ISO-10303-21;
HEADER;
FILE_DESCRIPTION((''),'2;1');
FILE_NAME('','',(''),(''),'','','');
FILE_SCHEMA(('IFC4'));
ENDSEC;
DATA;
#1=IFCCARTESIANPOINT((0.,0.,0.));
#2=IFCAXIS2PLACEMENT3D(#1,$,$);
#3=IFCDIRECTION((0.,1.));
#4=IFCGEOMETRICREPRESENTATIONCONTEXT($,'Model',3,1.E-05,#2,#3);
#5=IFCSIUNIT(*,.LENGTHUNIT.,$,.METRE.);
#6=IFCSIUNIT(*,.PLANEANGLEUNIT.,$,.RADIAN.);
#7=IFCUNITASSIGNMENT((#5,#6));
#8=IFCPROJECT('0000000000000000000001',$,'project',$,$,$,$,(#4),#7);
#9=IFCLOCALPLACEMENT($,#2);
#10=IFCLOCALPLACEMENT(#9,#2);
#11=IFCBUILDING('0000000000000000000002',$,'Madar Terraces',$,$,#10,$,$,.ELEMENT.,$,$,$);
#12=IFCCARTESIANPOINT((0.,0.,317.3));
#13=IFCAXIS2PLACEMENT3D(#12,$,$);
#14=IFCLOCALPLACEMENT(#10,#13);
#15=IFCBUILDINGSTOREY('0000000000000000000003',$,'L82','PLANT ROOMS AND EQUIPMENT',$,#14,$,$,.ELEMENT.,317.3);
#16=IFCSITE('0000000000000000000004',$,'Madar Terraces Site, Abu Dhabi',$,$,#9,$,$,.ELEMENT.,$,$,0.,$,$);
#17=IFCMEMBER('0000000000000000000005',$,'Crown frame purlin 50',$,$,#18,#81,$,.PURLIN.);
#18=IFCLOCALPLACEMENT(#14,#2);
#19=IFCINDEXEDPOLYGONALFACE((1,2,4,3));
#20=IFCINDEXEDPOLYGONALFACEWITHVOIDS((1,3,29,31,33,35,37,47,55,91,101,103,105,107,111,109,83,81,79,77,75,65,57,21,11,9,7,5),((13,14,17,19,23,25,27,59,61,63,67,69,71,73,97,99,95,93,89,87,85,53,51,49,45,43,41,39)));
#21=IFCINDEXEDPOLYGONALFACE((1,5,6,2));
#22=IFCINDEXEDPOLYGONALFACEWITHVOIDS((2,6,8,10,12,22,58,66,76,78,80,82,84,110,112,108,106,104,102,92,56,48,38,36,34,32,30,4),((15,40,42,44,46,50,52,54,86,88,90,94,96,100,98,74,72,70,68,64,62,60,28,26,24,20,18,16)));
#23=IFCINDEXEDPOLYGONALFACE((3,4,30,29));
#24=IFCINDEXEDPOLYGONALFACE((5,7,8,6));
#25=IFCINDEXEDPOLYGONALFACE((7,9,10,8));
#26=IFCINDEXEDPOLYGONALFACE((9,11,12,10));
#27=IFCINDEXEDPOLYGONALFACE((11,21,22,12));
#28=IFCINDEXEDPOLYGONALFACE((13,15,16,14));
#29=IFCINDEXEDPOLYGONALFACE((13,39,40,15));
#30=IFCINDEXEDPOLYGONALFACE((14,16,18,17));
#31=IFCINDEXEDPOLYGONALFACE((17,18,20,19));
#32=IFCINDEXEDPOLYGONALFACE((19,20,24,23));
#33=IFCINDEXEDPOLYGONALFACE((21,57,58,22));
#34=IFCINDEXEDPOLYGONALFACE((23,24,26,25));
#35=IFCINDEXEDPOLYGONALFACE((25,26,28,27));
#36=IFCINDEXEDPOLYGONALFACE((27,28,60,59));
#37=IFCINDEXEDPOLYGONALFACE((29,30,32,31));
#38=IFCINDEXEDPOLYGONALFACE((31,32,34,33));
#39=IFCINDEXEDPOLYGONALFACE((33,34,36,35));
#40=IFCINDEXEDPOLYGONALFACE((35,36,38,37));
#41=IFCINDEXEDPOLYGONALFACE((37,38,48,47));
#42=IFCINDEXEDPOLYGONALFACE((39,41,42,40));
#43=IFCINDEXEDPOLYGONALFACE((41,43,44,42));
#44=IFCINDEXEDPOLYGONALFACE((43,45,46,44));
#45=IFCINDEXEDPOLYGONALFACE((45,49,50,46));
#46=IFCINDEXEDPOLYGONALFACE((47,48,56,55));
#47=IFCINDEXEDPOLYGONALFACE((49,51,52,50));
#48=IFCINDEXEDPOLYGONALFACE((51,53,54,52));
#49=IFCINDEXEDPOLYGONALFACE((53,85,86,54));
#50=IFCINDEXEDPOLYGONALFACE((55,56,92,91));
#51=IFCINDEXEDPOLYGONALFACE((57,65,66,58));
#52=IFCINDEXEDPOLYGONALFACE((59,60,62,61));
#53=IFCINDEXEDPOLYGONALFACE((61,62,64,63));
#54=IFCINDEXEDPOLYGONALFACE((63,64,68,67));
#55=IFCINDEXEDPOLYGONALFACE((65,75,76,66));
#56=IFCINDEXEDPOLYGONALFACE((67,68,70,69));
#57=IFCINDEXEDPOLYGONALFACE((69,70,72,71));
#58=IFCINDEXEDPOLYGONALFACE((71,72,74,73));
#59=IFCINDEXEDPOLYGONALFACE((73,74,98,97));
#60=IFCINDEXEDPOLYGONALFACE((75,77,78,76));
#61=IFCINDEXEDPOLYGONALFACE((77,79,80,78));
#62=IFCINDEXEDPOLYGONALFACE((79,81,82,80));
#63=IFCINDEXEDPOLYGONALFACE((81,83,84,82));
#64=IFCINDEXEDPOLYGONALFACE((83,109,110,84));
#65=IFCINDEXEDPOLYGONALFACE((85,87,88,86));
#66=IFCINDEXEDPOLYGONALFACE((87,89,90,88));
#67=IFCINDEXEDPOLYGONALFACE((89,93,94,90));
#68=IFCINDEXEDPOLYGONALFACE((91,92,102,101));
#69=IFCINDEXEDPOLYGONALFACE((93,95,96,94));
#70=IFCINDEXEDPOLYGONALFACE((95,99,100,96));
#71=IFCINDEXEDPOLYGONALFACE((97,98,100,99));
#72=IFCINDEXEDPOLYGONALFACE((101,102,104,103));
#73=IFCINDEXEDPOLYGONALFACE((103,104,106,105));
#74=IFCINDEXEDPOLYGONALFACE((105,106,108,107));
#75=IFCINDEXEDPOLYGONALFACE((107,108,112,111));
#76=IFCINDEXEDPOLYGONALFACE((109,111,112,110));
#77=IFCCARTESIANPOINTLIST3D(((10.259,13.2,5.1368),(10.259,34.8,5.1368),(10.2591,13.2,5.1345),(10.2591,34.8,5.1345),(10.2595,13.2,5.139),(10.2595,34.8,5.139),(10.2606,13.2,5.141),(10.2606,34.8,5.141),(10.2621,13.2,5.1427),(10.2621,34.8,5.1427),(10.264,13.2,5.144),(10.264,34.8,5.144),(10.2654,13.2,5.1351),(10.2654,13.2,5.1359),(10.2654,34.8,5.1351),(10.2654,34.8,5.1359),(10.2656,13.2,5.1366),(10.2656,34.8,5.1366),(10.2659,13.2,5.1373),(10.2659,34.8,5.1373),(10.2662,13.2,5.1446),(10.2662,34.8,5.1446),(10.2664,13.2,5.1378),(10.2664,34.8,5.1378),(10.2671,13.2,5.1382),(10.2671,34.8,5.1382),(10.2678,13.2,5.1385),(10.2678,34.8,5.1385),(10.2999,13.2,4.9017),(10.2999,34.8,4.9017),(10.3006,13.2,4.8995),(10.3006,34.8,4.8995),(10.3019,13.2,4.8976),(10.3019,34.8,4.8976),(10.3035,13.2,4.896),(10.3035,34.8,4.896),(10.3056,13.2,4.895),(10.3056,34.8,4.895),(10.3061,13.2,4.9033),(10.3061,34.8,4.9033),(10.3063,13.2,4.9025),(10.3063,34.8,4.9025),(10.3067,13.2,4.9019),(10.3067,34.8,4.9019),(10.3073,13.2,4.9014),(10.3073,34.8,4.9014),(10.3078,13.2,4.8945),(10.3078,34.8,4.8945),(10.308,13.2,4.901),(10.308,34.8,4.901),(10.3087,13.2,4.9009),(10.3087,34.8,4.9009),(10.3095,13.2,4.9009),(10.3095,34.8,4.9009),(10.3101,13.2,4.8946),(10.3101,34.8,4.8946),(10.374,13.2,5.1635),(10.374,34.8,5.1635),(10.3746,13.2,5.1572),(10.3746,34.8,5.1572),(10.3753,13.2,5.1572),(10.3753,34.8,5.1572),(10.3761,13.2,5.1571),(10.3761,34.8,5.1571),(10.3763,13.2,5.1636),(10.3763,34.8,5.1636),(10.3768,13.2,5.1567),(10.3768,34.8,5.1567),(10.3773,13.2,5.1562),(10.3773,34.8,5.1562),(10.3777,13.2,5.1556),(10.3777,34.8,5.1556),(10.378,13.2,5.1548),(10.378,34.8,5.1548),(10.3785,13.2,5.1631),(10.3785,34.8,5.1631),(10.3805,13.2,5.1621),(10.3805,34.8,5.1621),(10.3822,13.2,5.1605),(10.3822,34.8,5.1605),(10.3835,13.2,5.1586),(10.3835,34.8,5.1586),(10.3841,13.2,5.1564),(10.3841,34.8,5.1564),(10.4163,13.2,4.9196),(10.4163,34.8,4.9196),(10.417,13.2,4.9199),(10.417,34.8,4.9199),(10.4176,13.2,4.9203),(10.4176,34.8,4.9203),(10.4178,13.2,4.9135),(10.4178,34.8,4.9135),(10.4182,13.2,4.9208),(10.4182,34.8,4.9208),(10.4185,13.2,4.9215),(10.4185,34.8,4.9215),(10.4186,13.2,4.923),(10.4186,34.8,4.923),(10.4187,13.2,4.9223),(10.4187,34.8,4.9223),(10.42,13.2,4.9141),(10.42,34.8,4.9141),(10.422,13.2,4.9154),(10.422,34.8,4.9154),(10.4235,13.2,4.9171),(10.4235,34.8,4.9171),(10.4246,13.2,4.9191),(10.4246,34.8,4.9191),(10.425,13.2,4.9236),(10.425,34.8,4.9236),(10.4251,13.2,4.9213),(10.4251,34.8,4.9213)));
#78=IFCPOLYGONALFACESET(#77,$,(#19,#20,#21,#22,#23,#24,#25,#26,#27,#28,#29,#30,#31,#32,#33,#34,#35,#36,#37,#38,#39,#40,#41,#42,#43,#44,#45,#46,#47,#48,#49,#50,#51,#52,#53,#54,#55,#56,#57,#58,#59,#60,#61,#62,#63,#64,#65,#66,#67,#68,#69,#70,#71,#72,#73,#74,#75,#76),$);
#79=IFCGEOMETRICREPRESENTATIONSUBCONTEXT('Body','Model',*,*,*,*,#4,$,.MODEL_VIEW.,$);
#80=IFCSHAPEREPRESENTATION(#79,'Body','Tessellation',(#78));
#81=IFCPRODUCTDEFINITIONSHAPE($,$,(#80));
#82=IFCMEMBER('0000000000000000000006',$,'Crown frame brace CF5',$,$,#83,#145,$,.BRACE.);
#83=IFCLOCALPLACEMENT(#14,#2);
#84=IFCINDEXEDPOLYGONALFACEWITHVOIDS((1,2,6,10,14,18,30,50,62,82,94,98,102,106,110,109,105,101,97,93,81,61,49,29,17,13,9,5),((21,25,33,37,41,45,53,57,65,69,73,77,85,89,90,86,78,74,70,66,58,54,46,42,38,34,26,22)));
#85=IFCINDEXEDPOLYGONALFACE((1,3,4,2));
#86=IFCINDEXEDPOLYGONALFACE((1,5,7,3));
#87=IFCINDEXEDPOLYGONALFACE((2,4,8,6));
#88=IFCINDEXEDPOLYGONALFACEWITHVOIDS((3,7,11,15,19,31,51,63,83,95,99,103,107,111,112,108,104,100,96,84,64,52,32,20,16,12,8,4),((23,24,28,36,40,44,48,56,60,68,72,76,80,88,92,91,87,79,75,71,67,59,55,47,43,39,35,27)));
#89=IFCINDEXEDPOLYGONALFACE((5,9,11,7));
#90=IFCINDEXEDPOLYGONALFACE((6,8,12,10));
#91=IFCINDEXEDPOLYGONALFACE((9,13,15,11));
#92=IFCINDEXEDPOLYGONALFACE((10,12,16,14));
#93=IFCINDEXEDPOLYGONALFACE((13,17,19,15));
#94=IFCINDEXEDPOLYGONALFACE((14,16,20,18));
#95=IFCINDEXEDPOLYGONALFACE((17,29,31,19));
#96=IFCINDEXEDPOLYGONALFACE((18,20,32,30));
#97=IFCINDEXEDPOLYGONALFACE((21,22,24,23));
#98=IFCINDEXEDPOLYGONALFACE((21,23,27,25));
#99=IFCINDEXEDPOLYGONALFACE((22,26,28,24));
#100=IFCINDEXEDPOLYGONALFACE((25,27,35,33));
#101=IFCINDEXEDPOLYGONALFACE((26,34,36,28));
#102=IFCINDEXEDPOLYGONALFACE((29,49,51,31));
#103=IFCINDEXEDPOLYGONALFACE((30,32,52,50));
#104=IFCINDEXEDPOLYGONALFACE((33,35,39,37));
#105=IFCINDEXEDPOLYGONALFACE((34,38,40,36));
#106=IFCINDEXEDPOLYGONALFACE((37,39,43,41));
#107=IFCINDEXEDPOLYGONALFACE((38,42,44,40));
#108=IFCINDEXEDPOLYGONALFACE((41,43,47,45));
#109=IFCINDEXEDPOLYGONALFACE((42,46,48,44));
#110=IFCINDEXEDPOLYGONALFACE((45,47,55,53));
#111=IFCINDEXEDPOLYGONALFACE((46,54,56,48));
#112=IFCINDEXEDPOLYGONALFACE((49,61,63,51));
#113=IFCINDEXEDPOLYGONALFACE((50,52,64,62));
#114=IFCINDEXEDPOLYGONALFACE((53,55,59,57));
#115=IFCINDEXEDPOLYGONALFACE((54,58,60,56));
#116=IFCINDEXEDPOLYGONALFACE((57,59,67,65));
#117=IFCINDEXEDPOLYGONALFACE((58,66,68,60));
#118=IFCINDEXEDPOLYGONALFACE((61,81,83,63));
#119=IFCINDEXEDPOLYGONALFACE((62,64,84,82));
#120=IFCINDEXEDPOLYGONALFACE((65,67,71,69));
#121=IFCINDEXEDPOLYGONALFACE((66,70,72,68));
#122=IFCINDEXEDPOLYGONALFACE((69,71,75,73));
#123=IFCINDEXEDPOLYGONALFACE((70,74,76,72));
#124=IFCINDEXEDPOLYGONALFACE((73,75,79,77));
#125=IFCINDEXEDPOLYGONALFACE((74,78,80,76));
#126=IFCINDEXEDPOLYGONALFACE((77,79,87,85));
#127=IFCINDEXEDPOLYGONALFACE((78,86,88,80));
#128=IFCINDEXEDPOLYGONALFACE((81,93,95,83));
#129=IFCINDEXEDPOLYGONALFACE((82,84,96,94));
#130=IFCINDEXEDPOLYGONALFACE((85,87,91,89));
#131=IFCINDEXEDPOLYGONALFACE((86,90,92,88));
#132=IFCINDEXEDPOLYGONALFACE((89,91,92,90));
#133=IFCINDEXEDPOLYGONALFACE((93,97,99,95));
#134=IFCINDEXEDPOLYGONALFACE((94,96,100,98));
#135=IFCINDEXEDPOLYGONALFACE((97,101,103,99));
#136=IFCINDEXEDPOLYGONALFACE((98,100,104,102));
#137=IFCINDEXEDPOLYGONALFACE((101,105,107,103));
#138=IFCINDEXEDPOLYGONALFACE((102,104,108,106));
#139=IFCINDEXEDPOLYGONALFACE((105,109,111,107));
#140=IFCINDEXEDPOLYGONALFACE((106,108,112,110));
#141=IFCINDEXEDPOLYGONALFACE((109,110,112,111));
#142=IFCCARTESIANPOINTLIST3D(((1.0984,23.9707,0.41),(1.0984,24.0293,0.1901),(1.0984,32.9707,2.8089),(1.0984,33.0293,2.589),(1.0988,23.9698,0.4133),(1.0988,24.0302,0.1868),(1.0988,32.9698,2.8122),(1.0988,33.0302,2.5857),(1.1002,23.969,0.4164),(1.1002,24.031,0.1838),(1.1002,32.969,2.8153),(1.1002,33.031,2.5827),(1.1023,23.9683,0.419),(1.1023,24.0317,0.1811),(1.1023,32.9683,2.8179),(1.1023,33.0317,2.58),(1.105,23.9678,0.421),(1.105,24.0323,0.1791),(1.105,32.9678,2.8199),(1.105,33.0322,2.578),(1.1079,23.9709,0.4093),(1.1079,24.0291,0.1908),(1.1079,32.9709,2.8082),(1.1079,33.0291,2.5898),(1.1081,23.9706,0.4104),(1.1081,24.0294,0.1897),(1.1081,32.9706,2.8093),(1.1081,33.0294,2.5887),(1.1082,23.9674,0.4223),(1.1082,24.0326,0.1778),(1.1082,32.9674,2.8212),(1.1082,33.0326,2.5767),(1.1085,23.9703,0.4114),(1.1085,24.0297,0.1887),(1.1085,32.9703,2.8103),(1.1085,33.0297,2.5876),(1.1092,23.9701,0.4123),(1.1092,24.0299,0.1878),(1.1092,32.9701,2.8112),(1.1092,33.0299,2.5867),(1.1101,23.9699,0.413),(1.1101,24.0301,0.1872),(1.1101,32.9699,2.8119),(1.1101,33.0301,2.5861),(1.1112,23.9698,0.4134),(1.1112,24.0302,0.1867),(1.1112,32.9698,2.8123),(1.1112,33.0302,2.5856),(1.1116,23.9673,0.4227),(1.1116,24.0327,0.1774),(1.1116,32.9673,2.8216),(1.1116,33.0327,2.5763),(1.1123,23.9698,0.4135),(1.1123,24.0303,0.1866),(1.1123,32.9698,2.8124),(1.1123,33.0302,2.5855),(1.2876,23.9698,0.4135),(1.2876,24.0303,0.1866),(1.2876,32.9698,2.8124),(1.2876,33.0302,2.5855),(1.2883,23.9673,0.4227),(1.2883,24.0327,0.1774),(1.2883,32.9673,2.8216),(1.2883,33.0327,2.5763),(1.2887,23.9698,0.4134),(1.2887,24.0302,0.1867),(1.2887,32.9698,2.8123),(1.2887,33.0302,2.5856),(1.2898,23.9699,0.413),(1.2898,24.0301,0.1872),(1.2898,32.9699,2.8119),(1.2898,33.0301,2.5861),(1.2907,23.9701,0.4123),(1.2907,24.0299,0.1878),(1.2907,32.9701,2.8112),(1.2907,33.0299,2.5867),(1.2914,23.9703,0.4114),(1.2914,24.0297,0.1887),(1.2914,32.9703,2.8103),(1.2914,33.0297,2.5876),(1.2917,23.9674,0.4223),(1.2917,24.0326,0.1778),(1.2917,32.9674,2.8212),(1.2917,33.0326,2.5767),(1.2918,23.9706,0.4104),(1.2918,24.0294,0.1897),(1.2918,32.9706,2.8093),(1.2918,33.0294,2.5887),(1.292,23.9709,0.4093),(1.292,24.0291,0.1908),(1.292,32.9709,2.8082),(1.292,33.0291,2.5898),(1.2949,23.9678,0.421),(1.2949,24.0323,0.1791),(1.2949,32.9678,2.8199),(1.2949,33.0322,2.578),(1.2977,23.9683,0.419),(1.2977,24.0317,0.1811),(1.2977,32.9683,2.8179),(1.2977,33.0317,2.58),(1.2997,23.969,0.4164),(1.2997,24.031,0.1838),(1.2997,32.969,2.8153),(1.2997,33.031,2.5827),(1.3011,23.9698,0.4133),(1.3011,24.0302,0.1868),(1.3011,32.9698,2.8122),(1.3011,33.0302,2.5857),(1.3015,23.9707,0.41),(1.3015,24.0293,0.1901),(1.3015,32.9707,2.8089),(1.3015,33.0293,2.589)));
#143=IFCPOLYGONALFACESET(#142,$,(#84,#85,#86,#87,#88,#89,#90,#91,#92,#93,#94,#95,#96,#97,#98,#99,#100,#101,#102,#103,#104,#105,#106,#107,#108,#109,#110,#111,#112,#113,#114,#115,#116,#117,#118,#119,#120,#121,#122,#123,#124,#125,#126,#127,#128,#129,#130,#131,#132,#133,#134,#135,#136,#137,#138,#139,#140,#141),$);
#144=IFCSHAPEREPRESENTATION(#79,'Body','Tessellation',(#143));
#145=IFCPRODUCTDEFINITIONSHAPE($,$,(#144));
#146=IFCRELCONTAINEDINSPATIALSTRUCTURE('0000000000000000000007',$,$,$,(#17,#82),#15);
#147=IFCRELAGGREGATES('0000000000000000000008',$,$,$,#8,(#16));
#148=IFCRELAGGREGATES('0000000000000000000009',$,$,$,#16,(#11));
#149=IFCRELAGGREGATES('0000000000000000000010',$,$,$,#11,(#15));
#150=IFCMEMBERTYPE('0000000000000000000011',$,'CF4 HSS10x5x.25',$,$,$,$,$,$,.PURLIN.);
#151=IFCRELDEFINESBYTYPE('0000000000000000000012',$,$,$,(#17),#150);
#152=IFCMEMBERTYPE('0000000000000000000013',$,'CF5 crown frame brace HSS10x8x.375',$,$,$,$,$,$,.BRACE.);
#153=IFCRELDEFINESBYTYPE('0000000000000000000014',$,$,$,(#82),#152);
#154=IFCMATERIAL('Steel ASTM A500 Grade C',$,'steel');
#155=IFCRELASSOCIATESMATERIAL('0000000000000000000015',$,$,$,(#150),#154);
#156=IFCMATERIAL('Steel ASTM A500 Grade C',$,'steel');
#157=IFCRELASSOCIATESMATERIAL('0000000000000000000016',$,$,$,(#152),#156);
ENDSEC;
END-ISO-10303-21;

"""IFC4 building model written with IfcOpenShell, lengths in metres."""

from ifc_helpers import new_model, si_unit, direction, frame, origin, origin_2d, place, context, subcontext, project, spatial, hollow_rectangle, extrude, material, material_profile, profile_set, type_object, element, save


model = new_model("IFC4")

# Units and contexts
model_context = context("Model", 3, precision=1e-05, world=origin(), true_north=direction((0.0, 1.0)))
body_context = subcontext(model_context, "Body", "Model", "MODEL_VIEW")
ifc_project = project(units=[si_unit("LENGTHUNIT", "METRE"), si_unit("PLANEANGLEUNIT", "RADIAN")], contexts=[model_context])

# Site, building, storey
site_placement = place(None, origin())
site = spatial("IfcSite", under=ifc_project, at=site_placement, Name="Madar Terraces Site, Abu Dhabi", CompositionType="ELEMENT", RefElevation=0.0)
building_placement = place(site_placement, origin())
building = spatial("IfcBuilding", under=site, at=building_placement, Name="Madar Terraces", CompositionType="ELEMENT")
storey_placement = place(building_placement, frame((0.0, 0.0, 317.3)))
storey = spatial("IfcBuildingStorey", under=building, at=storey_placement, Name="L82", Description="PLANT ROOMS AND EQUIPMENT", CompositionType="ELEMENT", Elevation=317.3)

# Members
ifc_material_1 = material(Name="Steel ASTM A500 Grade C", Category="steel")
ifc_material_profile_1 = material_profile(ifc_material_1, hollow_rectangle(XDim=0.127, YDim=0.2539, WallThickness=0.0063, InnerFilletRadius=0.0029, OuterFilletRadius=0.0088, at=origin_2d()), Name="HSS10x5x.25")
ifc_profile_set_1 = profile_set([ifc_material_profile_1], Name="Steel ASTM A500 Grade C")
member_type_1 = type_object("IfcMemberType", Name="CF4 HSS10x5x.25", PredefinedType="PURLIN", material=ifc_profile_set_1)
member_1_placement = place(storey_placement, frame((10.342, 34.8, 5.0291), z_axis=(0.0, -1.0, 0.0), x_axis=(0.984957, 0.0, 0.172799)))
element("IfcMember", 1, at=member_1_placement, inside=storey, type_object=member_type_1, Name="Crown frame purlin 50", PredefinedType="PURLIN", context=body_context, shape_type="SweptSolid", body=[
    extrude(hollow_rectangle(XDim=0.127, YDim=0.2539, WallThickness=0.0063, InnerFilletRadius=0.0029, OuterFilletRadius=0.0088, at=origin_2d()), origin(), (0.0, 0.0, 1.0), 21.6001),
])
ifc_material_2 = material(Name="Steel ASTM A500 Grade C", Category="steel")
ifc_material_profile_2 = material_profile(ifc_material_2, hollow_rectangle(XDim=0.2031, YDim=0.2539, WallThickness=0.0095, InnerFilletRadius=0.0044, OuterFilletRadius=0.0132, at=origin_2d()), Name="HSS10x8x.375")
ifc_profile_set_2 = profile_set([ifc_material_profile_2], Name="Steel ASTM A500 Grade C")
member_type_2 = type_object("IfcMemberType", Name="CF5 crown frame brace HSS10x8x.375", PredefinedType="BRACE", material=ifc_profile_set_2)
member_2_placement = place(storey_placement, frame((1.2, 33.0, 2.699), z_axis=(0.0, -0.966264, -0.257555), x_axis=(1.0, 0.0, 0.0)))
element("IfcMember", 2, at=member_2_placement, inside=storey, type_object=member_type_2, Name="Crown frame brace CF5", PredefinedType="BRACE", context=body_context, shape_type="SweptSolid", body=[
    extrude(hollow_rectangle(XDim=0.2031, YDim=0.2539, WallThickness=0.0095, InnerFilletRadius=0.0044, OuterFilletRadius=0.0132, at=origin_2d()), origin(), (0.0, 0.0, 1.0), 9.3142),
])

save(model, "model.ifc")
